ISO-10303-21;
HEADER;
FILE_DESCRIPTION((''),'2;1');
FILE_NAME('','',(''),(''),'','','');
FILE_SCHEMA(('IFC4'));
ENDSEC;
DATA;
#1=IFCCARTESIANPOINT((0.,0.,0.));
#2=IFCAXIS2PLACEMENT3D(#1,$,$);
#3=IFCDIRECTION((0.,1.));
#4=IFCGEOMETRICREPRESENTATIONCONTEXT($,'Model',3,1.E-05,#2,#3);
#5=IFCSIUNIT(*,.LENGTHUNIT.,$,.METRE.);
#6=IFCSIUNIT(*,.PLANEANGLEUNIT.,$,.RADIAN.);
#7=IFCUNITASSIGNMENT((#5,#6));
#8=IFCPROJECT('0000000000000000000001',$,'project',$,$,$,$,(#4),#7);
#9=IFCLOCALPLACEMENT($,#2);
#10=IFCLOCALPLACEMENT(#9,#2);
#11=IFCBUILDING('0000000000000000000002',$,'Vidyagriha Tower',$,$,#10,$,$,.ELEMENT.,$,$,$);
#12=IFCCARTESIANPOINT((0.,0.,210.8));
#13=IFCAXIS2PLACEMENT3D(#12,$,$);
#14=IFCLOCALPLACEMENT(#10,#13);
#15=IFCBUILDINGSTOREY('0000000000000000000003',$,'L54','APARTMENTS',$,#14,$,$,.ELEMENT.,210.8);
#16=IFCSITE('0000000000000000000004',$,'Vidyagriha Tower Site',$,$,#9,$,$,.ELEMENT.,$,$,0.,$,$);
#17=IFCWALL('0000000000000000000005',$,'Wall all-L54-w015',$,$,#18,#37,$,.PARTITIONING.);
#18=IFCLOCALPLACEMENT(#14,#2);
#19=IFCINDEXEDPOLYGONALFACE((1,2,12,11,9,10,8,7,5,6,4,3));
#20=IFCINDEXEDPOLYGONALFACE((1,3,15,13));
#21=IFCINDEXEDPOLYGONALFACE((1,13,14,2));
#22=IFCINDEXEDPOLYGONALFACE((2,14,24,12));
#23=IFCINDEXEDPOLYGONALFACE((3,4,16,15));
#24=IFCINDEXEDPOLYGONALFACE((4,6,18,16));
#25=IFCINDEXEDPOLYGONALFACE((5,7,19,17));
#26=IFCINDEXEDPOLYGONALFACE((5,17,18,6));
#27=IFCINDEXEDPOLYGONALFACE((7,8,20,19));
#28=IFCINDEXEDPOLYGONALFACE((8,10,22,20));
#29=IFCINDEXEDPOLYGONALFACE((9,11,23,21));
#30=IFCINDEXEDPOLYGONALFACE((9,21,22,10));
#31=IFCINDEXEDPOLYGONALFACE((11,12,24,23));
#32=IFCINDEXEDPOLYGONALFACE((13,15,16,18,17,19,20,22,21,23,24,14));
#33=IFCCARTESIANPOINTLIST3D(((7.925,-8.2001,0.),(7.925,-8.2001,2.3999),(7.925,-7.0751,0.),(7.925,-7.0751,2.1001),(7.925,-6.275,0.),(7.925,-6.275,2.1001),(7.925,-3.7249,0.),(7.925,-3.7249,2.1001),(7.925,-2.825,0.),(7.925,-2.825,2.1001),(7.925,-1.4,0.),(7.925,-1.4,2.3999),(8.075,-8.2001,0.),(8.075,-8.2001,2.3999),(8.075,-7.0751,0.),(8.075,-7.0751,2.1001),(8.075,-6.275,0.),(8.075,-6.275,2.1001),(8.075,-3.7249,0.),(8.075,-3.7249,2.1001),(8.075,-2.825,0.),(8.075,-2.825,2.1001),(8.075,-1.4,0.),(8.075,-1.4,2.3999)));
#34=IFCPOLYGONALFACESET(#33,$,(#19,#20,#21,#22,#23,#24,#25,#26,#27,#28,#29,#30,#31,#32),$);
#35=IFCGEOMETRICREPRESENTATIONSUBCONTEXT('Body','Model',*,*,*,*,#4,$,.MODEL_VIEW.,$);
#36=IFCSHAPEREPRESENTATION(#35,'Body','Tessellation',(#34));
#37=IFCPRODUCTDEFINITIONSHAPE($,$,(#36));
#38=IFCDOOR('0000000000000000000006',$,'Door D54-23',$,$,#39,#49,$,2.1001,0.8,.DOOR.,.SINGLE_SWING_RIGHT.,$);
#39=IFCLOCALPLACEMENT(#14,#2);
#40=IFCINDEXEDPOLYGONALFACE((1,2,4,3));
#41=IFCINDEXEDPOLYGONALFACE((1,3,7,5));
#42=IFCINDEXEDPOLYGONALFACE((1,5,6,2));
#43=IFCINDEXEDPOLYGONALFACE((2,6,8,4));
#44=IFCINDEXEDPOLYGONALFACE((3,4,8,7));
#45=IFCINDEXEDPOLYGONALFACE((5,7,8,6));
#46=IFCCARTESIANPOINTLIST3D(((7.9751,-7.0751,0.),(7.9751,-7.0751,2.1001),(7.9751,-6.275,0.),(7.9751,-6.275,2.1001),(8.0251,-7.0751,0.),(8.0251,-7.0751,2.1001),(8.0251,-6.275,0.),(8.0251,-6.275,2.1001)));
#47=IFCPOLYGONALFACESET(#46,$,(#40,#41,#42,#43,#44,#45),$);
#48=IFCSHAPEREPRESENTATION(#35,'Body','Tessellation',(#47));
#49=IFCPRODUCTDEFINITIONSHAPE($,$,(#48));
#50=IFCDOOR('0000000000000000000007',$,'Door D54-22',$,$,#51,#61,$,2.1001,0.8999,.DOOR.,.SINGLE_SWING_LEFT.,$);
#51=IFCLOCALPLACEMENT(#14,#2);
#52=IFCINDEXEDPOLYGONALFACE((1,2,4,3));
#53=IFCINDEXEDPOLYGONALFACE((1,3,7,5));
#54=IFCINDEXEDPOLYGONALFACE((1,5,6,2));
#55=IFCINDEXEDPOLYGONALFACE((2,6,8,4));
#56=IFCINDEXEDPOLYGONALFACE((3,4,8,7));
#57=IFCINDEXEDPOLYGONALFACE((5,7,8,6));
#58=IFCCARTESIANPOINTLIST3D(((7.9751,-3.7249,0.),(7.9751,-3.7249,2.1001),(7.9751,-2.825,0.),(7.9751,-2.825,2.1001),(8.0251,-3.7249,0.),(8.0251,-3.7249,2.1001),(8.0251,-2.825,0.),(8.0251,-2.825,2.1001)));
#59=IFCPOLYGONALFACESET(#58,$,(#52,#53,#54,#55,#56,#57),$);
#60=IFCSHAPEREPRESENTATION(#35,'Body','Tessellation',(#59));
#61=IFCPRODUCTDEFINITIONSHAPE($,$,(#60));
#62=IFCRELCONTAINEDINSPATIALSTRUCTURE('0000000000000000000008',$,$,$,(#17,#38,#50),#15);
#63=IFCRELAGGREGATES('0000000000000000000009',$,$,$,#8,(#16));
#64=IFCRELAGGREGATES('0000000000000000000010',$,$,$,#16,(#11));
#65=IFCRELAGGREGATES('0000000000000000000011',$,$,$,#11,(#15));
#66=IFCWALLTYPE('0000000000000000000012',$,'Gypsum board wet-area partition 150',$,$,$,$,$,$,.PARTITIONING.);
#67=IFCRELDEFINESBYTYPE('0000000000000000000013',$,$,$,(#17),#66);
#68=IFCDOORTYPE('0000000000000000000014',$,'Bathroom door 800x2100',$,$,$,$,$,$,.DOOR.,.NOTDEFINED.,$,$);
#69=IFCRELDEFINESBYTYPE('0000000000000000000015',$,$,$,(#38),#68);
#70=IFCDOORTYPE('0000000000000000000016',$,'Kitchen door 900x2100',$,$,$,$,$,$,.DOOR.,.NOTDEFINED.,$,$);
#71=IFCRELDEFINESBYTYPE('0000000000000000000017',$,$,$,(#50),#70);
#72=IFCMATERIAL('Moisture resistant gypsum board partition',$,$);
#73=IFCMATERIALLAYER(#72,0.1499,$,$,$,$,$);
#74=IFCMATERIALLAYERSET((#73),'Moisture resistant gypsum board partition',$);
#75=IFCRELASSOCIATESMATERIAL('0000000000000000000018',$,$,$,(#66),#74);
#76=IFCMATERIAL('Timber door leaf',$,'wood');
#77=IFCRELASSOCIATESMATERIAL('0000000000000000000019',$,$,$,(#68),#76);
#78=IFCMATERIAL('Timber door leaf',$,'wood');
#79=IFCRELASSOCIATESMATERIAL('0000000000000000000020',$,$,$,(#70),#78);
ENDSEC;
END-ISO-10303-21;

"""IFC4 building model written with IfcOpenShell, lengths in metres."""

from ifc_helpers import new_model, si_unit, direction, frame, frame_2d, origin, place, context, subcontext, project, spatial, rectangle, extrude, material, layer, layer_set, type_object, element, fill, save


model = new_model("IFC4")

# Units and contexts
model_context = context("Model", 3, precision=1e-05, world=origin(), true_north=direction((0.0, 1.0)))
body_context = subcontext(model_context, "Body", "Model", "MODEL_VIEW")
ifc_project = project(units=[si_unit("LENGTHUNIT", "METRE"), si_unit("PLANEANGLEUNIT", "RADIAN")], contexts=[model_context])

# Site, building, storey
site_placement = place(None, origin())
site = spatial("IfcSite", under=ifc_project, at=site_placement, Name="Vidyagriha Tower Site", CompositionType="ELEMENT", RefElevation=0.0)
building_placement = place(site_placement, origin())
building = spatial("IfcBuilding", under=site, at=building_placement, Name="Vidyagriha Tower", CompositionType="ELEMENT")
storey_placement = place(building_placement, frame((0.0, 0.0, 210.8)))
storey = spatial("IfcBuildingStorey", under=building, at=storey_placement, Name="L54", Description="APARTMENTS", CompositionType="ELEMENT", Elevation=210.8)

# Wall, openings, doors
ifc_material_1 = material(Name="Moisture resistant gypsum board partition")
ifc_layer_1 = layer(ifc_material_1, 0.1499)
ifc_layer_set_1 = layer_set([ifc_layer_1], Name="Moisture resistant gypsum board partition")
wall_type_1 = type_object("IfcWallType", Name="Gypsum board wet-area partition 150", PredefinedType="PARTITIONING", material=ifc_layer_set_1)
wall_1_placement = place(storey_placement, frame((8.0, -8.2, 0.0), z_axis=(0.0, 0.0, 1.0), x_axis=(0.0, 1.0, 0.0)))
wall_1 = element("IfcWall", 1, at=wall_1_placement, inside=storey, type_object=wall_type_1, Name="Wall all-L54-w015", PredefinedType="PARTITIONING", context=body_context, shape_type="SweptSolid", body=[
    extrude(rectangle(XDim=6.8, YDim=0.1499, at=frame_2d((3.3999, 0.0))), origin(), (0.0, 0.0, 1.0), 2.3999),
])
opening_1_placement = place(wall_1_placement, frame((4.4751, 0.0, 0.0)))
opening_1 = element("IfcOpeningElement", 2, at=opening_1_placement, cuts=wall_1, PredefinedType="OPENING", context=body_context, shape_type="SweptSolid", body=[
    extrude(rectangle(XDim=0.8999, YDim=2.1001, at=frame_2d((0.45, 1.05))), frame((0.0, 0.085, 0.0), z_axis=(0.0, -1.0, 0.0), x_axis=(1.0, 0.0, 0.0)), (0.0, 0.0, 1.0), 0.1699),
])
opening_2_placement = place(wall_1_placement, frame((1.125, 0.0, 0.0)))
opening_2 = element("IfcOpeningElement", 3, at=opening_2_placement, cuts=wall_1, PredefinedType="OPENING", context=body_context, shape_type="SweptSolid", body=[
    extrude(rectangle(XDim=0.8, YDim=2.1001, at=frame_2d((0.3999, 1.05))), frame((0.0, 0.085, 0.0), z_axis=(0.0, -1.0, 0.0), x_axis=(1.0, 0.0, 0.0)), (0.0, 0.0, 1.0), 0.1699),
])
ifc_material_2 = material(Name="Timber door leaf", Category="wood")
door_type_1 = type_object("IfcDoorType", Name="Bathroom door 800x2100", OperationType="NOTDEFINED", PredefinedType="DOOR", material=ifc_material_2)
door_1_placement = place(opening_2_placement, origin())
door_1 = element("IfcDoor", 4, at=door_1_placement, inside=storey, type_object=door_type_1, Name="Door D54-23", OperationType="SINGLE_SWING_RIGHT", OverallHeight=2.1001, OverallWidth=0.8, PredefinedType="DOOR", context=body_context, shape_type="SweptSolid", body=[
    extrude(rectangle(XDim=0.8, YDim=2.1001, at=frame_2d((0.3999, 1.05))), frame((0.0, 0.0249, 0.0), z_axis=(0.0, -1.0, 0.0), x_axis=(1.0, 0.0, 0.0)), (0.0, 0.0, 1.0), 0.05),
])
fill(opening_2, door_1)
ifc_material_3 = material(Name="Timber door leaf", Category="wood")
door_type_2 = type_object("IfcDoorType", Name="Kitchen door 900x2100", OperationType="NOTDEFINED", PredefinedType="DOOR", material=ifc_material_3)
door_2_placement = place(opening_1_placement, origin())
door_2 = element("IfcDoor", 5, at=door_2_placement, inside=storey, type_object=door_type_2, Name="Door D54-22", OperationType="SINGLE_SWING_LEFT", OverallHeight=2.1001, OverallWidth=0.8999, PredefinedType="DOOR", context=body_context, shape_type="SweptSolid", body=[
    extrude(rectangle(XDim=0.8999, YDim=2.1001, at=frame_2d((0.45, 1.05))), frame((0.0, 0.0249, 0.0), z_axis=(0.0, -1.0, 0.0), x_axis=(1.0, 0.0, 0.0)), (0.0, 0.0, 1.0), 0.05),
])
fill(opening_1, door_2)

save(model, "model.ifc")
